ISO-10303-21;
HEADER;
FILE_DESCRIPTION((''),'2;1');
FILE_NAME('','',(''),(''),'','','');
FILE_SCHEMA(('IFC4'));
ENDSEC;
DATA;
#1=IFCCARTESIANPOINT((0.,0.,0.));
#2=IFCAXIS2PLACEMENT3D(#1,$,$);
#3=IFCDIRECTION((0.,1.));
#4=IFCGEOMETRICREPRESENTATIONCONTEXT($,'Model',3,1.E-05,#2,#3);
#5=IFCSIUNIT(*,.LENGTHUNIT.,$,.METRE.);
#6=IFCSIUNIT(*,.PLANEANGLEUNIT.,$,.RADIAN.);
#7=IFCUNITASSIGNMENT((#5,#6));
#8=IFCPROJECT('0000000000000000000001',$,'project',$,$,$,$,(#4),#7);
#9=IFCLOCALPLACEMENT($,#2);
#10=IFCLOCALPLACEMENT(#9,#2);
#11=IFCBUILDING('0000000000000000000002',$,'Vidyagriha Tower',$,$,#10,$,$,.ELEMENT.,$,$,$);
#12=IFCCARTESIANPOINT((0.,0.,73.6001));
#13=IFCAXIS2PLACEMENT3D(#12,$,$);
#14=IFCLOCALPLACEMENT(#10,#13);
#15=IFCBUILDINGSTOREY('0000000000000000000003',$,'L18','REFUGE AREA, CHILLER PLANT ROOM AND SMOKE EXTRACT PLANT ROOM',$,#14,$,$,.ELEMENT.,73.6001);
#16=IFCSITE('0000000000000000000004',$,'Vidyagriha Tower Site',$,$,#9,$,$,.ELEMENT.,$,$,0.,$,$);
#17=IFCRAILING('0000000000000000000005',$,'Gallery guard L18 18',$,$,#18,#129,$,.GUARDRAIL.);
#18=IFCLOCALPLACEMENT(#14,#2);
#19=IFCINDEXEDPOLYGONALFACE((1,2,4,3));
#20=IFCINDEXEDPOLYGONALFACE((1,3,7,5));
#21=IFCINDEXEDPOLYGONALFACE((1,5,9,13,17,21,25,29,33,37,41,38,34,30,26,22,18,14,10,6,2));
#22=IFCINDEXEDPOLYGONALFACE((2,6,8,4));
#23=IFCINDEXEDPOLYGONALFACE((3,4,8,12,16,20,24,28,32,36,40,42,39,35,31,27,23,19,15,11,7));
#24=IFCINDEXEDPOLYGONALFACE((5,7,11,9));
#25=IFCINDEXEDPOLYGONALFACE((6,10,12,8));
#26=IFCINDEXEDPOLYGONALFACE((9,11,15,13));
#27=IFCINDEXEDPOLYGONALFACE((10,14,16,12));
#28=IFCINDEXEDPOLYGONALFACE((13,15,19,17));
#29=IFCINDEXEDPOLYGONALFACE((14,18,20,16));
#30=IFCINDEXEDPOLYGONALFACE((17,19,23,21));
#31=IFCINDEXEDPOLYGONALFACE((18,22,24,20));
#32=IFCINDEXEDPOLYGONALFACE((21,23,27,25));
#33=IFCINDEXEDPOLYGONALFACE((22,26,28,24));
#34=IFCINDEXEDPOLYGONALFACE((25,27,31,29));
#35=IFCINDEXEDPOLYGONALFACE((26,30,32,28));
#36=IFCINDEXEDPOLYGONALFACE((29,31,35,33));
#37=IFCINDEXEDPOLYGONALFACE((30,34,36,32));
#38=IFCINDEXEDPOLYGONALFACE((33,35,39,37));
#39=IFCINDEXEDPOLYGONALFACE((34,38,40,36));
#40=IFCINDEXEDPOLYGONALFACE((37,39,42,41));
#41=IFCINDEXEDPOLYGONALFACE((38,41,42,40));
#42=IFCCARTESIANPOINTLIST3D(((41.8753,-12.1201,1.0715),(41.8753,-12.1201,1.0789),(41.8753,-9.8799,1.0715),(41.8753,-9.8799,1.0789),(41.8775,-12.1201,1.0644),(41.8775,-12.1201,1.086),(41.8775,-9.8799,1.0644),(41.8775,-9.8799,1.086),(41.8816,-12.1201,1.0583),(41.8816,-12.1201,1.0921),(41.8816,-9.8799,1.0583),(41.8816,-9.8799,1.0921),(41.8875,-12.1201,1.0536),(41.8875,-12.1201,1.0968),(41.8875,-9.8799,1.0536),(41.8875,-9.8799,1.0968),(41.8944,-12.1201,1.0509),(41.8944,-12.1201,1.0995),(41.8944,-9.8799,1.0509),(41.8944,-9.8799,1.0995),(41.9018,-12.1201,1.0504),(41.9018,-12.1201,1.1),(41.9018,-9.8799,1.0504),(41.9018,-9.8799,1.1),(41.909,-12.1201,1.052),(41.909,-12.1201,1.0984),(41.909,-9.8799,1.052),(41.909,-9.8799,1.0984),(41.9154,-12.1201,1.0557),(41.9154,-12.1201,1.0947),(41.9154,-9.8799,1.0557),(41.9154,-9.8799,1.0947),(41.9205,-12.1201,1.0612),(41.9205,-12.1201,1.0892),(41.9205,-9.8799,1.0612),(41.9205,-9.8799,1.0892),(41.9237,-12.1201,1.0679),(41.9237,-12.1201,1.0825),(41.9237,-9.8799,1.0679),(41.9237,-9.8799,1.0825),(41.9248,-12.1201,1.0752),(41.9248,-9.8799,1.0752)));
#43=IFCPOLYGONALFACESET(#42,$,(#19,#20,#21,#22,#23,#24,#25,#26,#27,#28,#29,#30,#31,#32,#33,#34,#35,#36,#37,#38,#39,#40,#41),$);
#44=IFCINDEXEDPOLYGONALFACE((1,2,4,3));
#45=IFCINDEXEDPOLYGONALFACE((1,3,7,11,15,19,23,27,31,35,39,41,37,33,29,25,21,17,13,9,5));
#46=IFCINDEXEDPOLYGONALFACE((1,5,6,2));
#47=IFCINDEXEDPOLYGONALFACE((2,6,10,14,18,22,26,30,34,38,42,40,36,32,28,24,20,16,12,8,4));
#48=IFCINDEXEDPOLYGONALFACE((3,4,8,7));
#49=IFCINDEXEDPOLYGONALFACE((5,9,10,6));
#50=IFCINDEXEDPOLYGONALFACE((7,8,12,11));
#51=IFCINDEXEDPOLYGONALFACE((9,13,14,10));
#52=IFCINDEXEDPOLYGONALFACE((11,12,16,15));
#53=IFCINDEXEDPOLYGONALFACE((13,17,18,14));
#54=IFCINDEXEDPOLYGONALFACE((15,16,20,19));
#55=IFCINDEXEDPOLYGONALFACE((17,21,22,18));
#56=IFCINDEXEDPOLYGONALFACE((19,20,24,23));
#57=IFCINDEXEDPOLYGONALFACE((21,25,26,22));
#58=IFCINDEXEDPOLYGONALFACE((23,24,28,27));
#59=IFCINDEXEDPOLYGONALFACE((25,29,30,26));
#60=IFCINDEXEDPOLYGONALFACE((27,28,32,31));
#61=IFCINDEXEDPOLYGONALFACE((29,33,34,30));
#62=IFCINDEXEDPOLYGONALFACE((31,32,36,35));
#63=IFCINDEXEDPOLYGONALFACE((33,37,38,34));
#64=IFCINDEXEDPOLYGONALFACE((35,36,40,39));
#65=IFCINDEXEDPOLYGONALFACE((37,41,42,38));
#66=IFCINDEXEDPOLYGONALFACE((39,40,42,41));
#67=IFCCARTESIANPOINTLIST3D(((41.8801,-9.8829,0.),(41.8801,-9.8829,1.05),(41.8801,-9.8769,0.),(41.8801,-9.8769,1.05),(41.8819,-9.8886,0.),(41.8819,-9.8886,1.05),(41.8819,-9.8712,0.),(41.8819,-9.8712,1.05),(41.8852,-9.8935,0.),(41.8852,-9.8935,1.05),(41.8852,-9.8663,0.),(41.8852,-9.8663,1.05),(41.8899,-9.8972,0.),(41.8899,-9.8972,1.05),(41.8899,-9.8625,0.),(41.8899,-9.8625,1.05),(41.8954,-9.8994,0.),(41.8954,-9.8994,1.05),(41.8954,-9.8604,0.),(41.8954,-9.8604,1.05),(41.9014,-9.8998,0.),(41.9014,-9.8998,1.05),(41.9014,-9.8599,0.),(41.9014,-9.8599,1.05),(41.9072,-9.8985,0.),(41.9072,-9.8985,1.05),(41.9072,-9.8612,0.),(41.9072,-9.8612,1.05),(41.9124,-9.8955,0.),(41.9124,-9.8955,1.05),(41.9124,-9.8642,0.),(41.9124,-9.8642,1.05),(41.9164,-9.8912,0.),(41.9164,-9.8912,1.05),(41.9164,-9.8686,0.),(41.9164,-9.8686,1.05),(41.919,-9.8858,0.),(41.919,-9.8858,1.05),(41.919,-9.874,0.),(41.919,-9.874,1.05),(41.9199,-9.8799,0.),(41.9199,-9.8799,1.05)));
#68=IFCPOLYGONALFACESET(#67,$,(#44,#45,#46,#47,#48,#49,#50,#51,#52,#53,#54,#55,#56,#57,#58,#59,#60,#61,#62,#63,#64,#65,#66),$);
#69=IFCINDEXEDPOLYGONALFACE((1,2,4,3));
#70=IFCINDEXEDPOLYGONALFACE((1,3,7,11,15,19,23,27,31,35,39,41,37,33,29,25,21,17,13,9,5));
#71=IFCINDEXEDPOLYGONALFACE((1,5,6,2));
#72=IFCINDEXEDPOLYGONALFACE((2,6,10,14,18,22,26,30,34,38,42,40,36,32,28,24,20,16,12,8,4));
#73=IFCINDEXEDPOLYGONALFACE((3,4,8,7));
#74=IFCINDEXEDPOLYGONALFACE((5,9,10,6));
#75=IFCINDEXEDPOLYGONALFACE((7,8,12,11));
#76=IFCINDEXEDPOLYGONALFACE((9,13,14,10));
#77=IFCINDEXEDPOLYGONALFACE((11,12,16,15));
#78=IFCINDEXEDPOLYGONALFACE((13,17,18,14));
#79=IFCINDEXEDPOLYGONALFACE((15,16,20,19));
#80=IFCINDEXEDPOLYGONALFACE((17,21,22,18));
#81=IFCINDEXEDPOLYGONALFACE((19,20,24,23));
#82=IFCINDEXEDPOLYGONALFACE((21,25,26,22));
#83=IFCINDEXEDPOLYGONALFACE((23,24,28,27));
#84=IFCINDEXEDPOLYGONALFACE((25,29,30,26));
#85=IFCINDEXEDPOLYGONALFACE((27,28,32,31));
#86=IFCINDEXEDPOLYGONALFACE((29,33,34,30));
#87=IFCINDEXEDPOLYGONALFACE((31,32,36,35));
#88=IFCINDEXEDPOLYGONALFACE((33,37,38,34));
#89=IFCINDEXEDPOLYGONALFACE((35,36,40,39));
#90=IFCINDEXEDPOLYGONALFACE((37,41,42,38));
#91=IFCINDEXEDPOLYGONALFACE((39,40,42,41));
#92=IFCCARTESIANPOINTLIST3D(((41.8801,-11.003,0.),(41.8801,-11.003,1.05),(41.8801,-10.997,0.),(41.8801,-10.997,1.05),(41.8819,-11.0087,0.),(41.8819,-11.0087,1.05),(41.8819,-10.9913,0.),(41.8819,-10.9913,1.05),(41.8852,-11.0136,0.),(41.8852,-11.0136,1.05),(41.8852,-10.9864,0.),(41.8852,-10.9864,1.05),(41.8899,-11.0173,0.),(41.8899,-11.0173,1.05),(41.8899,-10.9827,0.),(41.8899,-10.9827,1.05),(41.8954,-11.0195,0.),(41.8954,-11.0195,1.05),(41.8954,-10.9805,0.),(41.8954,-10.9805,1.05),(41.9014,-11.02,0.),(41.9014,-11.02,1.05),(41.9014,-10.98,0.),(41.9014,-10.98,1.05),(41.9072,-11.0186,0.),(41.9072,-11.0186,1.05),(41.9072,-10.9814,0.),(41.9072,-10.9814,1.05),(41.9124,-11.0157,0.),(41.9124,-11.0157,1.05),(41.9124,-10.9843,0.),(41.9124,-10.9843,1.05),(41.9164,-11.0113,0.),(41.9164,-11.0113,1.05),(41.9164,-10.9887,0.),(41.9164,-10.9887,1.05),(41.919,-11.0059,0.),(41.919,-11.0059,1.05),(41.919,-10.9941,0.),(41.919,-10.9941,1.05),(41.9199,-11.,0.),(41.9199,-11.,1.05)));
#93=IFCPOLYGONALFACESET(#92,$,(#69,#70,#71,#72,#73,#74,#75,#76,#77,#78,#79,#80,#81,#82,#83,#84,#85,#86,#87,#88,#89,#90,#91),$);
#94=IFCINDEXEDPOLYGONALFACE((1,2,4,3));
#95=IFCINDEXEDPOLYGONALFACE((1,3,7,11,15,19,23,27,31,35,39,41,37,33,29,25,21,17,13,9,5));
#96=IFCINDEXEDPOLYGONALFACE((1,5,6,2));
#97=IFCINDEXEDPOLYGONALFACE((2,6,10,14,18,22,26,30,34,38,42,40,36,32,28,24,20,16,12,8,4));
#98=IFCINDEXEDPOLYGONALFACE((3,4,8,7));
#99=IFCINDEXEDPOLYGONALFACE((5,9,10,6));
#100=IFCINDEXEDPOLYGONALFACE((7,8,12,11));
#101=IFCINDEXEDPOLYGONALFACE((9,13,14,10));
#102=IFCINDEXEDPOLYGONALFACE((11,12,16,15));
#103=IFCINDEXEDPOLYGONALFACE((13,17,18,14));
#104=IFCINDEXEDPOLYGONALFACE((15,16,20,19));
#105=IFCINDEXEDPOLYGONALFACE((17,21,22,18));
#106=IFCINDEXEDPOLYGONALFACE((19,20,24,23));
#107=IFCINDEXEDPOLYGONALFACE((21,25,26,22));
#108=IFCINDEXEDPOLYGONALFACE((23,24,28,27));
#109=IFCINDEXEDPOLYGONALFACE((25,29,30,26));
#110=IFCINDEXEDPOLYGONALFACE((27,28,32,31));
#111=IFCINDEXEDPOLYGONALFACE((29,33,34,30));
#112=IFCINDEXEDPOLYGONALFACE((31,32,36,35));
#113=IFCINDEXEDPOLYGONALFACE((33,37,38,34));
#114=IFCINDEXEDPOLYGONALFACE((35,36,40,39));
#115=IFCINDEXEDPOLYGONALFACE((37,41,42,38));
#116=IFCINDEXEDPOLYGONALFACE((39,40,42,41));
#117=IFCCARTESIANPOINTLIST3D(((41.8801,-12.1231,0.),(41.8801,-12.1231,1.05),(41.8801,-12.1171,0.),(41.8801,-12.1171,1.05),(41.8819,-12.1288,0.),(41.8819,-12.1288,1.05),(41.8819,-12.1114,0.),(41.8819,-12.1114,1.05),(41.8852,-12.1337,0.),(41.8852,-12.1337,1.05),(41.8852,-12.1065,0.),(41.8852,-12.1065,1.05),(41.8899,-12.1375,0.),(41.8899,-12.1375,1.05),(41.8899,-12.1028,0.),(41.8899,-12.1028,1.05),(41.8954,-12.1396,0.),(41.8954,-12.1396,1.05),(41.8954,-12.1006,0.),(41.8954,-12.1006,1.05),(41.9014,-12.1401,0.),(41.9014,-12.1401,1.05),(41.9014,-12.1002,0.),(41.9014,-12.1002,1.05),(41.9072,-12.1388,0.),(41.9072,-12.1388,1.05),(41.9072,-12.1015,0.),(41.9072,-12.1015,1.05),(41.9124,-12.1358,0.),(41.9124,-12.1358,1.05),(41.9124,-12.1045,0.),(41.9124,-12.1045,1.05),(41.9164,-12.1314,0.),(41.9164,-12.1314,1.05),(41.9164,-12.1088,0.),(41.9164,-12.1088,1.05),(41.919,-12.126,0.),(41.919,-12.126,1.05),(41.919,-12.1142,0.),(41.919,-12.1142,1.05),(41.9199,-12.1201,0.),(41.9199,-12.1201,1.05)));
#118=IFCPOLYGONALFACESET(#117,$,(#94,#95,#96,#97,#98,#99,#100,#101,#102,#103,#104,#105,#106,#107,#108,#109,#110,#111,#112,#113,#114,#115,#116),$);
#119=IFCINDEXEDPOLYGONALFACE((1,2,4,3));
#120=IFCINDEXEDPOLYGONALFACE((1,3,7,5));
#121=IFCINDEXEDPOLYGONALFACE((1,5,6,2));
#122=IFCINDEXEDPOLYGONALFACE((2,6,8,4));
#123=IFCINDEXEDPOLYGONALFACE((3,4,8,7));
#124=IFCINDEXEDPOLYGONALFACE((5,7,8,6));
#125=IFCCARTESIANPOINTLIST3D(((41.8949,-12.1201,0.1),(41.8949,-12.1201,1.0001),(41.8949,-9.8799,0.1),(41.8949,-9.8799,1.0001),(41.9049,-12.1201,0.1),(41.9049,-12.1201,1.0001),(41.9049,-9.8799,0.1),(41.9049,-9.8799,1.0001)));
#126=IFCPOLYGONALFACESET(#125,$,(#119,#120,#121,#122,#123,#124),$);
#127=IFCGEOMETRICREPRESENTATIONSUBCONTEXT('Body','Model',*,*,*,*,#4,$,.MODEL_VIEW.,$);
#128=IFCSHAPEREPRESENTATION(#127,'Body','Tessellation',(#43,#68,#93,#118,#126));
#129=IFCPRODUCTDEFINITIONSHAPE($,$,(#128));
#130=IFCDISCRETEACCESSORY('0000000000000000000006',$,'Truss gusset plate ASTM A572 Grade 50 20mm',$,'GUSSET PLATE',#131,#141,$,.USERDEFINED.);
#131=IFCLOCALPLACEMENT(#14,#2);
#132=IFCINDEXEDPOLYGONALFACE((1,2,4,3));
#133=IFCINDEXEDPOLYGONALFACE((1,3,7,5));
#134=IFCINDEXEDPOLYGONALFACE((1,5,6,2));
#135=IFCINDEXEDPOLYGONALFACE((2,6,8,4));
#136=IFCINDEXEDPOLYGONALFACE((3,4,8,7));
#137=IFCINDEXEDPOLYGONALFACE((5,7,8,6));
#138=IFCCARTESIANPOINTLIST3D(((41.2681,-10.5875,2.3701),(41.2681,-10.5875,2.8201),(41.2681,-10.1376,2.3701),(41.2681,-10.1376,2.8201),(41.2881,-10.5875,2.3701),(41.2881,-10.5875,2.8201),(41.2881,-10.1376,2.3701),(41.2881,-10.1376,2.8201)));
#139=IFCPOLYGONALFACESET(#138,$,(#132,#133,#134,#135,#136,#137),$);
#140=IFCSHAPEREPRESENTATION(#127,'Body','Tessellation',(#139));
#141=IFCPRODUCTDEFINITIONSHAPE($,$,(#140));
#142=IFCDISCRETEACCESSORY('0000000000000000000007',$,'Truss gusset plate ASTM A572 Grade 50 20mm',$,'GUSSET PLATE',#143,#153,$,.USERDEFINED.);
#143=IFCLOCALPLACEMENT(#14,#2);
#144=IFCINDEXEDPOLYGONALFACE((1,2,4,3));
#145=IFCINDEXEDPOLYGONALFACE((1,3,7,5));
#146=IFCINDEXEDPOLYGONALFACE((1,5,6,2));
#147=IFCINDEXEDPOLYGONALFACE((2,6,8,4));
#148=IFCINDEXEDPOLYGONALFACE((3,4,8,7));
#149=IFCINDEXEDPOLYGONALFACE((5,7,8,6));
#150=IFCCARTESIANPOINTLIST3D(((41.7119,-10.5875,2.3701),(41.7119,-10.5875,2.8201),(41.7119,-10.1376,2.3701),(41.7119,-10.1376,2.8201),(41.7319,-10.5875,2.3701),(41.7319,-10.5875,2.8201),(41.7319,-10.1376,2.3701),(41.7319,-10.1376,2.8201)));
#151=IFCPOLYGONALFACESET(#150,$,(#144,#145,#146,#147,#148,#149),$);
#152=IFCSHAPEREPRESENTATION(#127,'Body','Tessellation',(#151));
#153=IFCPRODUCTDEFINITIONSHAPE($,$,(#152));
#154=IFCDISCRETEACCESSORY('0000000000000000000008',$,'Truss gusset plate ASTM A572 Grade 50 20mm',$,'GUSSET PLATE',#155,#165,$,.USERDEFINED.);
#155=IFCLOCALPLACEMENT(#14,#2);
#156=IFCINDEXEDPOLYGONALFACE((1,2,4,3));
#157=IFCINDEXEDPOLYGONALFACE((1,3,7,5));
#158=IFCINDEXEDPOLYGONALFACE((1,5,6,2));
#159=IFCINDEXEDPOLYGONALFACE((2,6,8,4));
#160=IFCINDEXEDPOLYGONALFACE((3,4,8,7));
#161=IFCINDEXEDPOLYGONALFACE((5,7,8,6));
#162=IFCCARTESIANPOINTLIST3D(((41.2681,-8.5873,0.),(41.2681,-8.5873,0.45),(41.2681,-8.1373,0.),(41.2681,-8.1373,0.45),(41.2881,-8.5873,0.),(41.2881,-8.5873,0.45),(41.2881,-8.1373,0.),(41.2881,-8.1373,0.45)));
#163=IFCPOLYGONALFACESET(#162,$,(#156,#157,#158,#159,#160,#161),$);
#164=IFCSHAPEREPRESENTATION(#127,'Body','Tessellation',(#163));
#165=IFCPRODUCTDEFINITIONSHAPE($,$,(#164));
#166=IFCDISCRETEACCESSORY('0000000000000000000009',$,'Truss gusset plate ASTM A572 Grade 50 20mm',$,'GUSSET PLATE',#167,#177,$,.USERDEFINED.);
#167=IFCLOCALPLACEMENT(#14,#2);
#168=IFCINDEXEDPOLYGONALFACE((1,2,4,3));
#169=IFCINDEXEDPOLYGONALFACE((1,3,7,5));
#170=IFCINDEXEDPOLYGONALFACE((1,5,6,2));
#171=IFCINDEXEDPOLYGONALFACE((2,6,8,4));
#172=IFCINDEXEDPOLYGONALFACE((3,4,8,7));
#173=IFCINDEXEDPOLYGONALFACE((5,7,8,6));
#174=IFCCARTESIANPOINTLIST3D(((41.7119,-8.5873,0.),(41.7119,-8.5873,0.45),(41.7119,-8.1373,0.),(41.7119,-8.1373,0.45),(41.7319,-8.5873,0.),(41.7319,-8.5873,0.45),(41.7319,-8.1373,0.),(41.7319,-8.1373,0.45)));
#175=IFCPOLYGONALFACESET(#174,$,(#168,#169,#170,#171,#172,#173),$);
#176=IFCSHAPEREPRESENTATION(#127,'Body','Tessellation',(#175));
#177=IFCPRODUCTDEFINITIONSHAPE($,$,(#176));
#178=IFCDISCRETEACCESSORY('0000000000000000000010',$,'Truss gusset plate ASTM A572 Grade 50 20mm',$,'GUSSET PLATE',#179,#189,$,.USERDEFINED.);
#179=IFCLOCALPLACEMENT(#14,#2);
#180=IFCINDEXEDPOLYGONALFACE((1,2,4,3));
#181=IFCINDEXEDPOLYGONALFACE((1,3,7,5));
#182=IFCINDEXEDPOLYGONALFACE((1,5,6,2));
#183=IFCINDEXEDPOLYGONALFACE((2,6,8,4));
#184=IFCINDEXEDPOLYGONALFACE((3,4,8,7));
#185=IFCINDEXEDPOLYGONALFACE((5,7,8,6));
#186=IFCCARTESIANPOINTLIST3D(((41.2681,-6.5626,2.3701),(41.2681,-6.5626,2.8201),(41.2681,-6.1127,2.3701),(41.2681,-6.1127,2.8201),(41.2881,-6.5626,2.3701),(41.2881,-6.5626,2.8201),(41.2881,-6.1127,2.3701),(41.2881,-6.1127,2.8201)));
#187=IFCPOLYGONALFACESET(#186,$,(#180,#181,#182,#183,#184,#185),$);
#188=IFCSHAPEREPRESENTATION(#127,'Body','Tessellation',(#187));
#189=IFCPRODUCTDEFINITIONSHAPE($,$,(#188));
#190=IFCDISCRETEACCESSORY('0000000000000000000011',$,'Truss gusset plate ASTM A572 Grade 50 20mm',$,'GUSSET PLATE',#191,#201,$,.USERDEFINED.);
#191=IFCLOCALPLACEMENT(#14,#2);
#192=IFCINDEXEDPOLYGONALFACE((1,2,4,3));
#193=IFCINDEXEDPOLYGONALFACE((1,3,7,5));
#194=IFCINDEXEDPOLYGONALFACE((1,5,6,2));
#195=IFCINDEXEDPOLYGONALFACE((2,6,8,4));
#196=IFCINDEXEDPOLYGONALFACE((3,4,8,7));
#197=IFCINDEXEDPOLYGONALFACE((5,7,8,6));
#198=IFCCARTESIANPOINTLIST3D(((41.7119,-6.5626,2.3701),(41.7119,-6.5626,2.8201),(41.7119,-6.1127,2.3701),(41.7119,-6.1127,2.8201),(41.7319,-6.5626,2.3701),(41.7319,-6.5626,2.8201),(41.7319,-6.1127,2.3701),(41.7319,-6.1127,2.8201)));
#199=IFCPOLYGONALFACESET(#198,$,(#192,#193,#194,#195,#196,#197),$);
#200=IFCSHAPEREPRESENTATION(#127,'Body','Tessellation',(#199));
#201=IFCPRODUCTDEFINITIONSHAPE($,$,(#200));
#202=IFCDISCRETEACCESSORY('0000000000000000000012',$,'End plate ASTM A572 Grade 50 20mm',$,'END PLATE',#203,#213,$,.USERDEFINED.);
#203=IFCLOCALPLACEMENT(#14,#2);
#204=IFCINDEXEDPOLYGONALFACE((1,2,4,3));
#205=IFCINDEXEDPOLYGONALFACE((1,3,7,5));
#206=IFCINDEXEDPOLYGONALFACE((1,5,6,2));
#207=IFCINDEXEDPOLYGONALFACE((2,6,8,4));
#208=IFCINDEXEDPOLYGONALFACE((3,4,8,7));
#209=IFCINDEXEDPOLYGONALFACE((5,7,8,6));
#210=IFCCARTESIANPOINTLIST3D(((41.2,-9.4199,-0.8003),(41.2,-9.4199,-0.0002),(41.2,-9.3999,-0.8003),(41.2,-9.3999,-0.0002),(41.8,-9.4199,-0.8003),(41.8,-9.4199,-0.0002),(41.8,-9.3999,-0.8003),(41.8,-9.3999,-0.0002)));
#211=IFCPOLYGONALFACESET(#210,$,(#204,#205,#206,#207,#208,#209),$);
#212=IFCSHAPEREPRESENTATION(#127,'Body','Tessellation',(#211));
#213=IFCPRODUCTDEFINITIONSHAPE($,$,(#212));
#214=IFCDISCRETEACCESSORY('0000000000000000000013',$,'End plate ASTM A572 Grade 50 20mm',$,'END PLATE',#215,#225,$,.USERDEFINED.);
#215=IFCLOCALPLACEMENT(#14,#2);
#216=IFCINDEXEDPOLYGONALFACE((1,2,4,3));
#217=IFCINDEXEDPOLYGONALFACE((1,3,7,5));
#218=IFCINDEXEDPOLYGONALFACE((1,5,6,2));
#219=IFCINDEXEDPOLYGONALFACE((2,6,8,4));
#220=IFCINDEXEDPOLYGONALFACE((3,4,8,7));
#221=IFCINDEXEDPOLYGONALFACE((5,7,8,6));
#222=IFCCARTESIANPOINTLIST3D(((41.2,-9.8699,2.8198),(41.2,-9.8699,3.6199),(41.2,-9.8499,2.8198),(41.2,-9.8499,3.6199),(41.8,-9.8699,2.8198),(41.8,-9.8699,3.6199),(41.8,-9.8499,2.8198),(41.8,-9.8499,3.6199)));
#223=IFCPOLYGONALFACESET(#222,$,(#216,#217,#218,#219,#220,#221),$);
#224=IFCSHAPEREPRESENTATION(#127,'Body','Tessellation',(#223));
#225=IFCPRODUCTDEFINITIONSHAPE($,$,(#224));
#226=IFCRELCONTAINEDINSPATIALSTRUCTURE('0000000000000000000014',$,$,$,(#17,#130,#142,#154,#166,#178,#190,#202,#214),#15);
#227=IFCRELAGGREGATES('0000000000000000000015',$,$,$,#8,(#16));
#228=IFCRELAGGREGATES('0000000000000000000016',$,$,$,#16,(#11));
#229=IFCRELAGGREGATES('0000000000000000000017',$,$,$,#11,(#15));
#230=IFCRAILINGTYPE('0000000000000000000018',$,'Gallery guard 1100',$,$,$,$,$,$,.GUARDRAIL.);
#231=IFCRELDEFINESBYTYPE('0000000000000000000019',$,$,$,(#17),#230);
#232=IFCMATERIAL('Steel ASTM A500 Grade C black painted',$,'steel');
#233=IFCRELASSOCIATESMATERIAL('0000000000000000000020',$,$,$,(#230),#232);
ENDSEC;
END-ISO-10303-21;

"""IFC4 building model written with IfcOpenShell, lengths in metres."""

from ifc_helpers import new_model, si_unit, direction, frame, origin, origin_2d, place, context, subcontext, project, spatial, rectangle, circle, extrude, material, type_object, element, save


model = new_model("IFC4")

# Units and contexts
model_context = context("Model", 3, precision=1e-05, world=origin(), true_north=direction((0.0, 1.0)))
body_context = subcontext(model_context, "Body", "Model", "MODEL_VIEW")
ifc_project = project(units=[si_unit("LENGTHUNIT", "METRE"), si_unit("PLANEANGLEUNIT", "RADIAN")], contexts=[model_context])

# Site, building, storey
site_placement = place(None, origin())
site = spatial("IfcSite", under=ifc_project, at=site_placement, Name="Vidyagriha Tower Site", CompositionType="ELEMENT", RefElevation=0.0)
building_placement = place(site_placement, origin())
building = spatial("IfcBuilding", under=site, at=building_placement, Name="Vidyagriha Tower", CompositionType="ELEMENT")
storey_placement = place(building_placement, frame((0.0, 0.0, 73.6001)))
storey = spatial("IfcBuildingStorey", under=building, at=storey_placement, Name="L18", Description="REFUGE AREA, CHILLER PLANT ROOM AND SMOKE EXTRACT PLANT ROOM", CompositionType="ELEMENT", Elevation=73.6001)

# Railing
ifc_material_1 = material(Name="Steel ASTM A500 Grade C black painted", Category="steel")
railing_type = type_object("IfcRailingType", Name="Gallery guard 1100", PredefinedType="GUARDRAIL", material=ifc_material_1)
railing_placement = place(storey_placement, frame((41.8999, -9.8799, 0.0)))
element("IfcRailing", 1, at=railing_placement, inside=storey, type_object=railing_type, Name="Gallery guard L18 18", PredefinedType="GUARDRAIL", context=body_context, shape_type="SweptSolid", body=[
    extrude(circle(Radius=0.0249, at=origin_2d()), frame((0.0, 0.0, 1.0752), z_axis=(0.0, -1.0, 0.0), x_axis=(1.0, 0.0, 0.0)), (0.0, 0.0, 1.0), 2.2402),
    extrude(circle(Radius=0.02, at=origin_2d()), origin(), (0.0, 0.0, 1.0), 1.05),
    extrude(circle(Radius=0.02, at=origin_2d()), frame((0.0, -1.1201, 0.0)), (0.0, 0.0, 1.0), 1.05),
    extrude(circle(Radius=0.02, at=origin_2d()), frame((0.0, -2.2402, 0.0)), (0.0, 0.0, 1.0), 1.05),
    extrude(rectangle(XDim=0.01, YDim=0.9001, at=origin_2d()), frame((0.0, 0.0, 0.55), z_axis=(0.0, -1.0, 0.0), x_axis=(1.0, 0.0, 0.0)), (0.0, 0.0, 1.0), 2.2402),
])

# Discrete accessories
for number, where, z_axis, x_axis, name in (
    (2, (41.2781, -10.3625, 2.3701), (0.0, 0.0, 1.0), (0.0, 1.0, 0.0), "Truss gusset plate ASTM A572 Grade 50 20mm"),
    (3, (41.7219, -10.3625, 2.3701), (0.0, 0.0, 1.0), (0.0, 1.0, 0.0), "Truss gusset plate ASTM A572 Grade 50 20mm"),
    (4, (41.2781, -8.3623, 0.0), (0.0, 0.0, 1.0), (0.0, 1.0, 0.0), "Truss gusset plate ASTM A572 Grade 50 20mm"),
    (5, (41.7219, -8.3623, 0.0), (0.0, 0.0, 1.0), (0.0, 1.0, 0.0), "Truss gusset plate ASTM A572 Grade 50 20mm"),
    (6, (41.2781, -6.3376, 2.3701), (0.0, 0.0, 1.0), (0.0, 1.0, 0.0), "Truss gusset plate ASTM A572 Grade 50 20mm"),
    (7, (41.7219, -6.3376, 2.3701), (0.0, 0.0, 1.0), (0.0, 1.0, 0.0), "Truss gusset plate ASTM A572 Grade 50 20mm"),
):
    element("IfcDiscreteAccessory", number, at=place(storey_placement, frame(where, z_axis=z_axis, x_axis=x_axis)), inside=storey, Name=name, ObjectType="GUSSET PLATE", PredefinedType="USERDEFINED", context=body_context, shape_type="SweptSolid", body=[
        extrude(rectangle(XDim=0.45, YDim=0.02, at=origin_2d()), origin(), (0.0, 0.0, 1.0), 0.45),
    ])
for number, where, z_axis, x_axis, name in (
    (8, (41.5, -9.4099, -0.8003), (0.0, 0.0, 1.0), (0.0, 1.0, 0.0), "End plate ASTM A572 Grade 50 20mm"),
    (9, (41.5, -9.8599, 2.8198), (0.0, 0.0, 1.0), (0.0, 1.0, 0.0), "End plate ASTM A572 Grade 50 20mm"),
):
    element("IfcDiscreteAccessory", number, at=place(storey_placement, frame(where, z_axis=z_axis, x_axis=x_axis)), inside=storey, Name=name, ObjectType="END PLATE", PredefinedType="USERDEFINED", context=body_context, shape_type="SweptSolid", body=[
        extrude(rectangle(XDim=0.02, YDim=0.6001, at=origin_2d()), origin(), (0.0, 0.0, 1.0), 0.8),
    ])

save(model, "model.ifc")
